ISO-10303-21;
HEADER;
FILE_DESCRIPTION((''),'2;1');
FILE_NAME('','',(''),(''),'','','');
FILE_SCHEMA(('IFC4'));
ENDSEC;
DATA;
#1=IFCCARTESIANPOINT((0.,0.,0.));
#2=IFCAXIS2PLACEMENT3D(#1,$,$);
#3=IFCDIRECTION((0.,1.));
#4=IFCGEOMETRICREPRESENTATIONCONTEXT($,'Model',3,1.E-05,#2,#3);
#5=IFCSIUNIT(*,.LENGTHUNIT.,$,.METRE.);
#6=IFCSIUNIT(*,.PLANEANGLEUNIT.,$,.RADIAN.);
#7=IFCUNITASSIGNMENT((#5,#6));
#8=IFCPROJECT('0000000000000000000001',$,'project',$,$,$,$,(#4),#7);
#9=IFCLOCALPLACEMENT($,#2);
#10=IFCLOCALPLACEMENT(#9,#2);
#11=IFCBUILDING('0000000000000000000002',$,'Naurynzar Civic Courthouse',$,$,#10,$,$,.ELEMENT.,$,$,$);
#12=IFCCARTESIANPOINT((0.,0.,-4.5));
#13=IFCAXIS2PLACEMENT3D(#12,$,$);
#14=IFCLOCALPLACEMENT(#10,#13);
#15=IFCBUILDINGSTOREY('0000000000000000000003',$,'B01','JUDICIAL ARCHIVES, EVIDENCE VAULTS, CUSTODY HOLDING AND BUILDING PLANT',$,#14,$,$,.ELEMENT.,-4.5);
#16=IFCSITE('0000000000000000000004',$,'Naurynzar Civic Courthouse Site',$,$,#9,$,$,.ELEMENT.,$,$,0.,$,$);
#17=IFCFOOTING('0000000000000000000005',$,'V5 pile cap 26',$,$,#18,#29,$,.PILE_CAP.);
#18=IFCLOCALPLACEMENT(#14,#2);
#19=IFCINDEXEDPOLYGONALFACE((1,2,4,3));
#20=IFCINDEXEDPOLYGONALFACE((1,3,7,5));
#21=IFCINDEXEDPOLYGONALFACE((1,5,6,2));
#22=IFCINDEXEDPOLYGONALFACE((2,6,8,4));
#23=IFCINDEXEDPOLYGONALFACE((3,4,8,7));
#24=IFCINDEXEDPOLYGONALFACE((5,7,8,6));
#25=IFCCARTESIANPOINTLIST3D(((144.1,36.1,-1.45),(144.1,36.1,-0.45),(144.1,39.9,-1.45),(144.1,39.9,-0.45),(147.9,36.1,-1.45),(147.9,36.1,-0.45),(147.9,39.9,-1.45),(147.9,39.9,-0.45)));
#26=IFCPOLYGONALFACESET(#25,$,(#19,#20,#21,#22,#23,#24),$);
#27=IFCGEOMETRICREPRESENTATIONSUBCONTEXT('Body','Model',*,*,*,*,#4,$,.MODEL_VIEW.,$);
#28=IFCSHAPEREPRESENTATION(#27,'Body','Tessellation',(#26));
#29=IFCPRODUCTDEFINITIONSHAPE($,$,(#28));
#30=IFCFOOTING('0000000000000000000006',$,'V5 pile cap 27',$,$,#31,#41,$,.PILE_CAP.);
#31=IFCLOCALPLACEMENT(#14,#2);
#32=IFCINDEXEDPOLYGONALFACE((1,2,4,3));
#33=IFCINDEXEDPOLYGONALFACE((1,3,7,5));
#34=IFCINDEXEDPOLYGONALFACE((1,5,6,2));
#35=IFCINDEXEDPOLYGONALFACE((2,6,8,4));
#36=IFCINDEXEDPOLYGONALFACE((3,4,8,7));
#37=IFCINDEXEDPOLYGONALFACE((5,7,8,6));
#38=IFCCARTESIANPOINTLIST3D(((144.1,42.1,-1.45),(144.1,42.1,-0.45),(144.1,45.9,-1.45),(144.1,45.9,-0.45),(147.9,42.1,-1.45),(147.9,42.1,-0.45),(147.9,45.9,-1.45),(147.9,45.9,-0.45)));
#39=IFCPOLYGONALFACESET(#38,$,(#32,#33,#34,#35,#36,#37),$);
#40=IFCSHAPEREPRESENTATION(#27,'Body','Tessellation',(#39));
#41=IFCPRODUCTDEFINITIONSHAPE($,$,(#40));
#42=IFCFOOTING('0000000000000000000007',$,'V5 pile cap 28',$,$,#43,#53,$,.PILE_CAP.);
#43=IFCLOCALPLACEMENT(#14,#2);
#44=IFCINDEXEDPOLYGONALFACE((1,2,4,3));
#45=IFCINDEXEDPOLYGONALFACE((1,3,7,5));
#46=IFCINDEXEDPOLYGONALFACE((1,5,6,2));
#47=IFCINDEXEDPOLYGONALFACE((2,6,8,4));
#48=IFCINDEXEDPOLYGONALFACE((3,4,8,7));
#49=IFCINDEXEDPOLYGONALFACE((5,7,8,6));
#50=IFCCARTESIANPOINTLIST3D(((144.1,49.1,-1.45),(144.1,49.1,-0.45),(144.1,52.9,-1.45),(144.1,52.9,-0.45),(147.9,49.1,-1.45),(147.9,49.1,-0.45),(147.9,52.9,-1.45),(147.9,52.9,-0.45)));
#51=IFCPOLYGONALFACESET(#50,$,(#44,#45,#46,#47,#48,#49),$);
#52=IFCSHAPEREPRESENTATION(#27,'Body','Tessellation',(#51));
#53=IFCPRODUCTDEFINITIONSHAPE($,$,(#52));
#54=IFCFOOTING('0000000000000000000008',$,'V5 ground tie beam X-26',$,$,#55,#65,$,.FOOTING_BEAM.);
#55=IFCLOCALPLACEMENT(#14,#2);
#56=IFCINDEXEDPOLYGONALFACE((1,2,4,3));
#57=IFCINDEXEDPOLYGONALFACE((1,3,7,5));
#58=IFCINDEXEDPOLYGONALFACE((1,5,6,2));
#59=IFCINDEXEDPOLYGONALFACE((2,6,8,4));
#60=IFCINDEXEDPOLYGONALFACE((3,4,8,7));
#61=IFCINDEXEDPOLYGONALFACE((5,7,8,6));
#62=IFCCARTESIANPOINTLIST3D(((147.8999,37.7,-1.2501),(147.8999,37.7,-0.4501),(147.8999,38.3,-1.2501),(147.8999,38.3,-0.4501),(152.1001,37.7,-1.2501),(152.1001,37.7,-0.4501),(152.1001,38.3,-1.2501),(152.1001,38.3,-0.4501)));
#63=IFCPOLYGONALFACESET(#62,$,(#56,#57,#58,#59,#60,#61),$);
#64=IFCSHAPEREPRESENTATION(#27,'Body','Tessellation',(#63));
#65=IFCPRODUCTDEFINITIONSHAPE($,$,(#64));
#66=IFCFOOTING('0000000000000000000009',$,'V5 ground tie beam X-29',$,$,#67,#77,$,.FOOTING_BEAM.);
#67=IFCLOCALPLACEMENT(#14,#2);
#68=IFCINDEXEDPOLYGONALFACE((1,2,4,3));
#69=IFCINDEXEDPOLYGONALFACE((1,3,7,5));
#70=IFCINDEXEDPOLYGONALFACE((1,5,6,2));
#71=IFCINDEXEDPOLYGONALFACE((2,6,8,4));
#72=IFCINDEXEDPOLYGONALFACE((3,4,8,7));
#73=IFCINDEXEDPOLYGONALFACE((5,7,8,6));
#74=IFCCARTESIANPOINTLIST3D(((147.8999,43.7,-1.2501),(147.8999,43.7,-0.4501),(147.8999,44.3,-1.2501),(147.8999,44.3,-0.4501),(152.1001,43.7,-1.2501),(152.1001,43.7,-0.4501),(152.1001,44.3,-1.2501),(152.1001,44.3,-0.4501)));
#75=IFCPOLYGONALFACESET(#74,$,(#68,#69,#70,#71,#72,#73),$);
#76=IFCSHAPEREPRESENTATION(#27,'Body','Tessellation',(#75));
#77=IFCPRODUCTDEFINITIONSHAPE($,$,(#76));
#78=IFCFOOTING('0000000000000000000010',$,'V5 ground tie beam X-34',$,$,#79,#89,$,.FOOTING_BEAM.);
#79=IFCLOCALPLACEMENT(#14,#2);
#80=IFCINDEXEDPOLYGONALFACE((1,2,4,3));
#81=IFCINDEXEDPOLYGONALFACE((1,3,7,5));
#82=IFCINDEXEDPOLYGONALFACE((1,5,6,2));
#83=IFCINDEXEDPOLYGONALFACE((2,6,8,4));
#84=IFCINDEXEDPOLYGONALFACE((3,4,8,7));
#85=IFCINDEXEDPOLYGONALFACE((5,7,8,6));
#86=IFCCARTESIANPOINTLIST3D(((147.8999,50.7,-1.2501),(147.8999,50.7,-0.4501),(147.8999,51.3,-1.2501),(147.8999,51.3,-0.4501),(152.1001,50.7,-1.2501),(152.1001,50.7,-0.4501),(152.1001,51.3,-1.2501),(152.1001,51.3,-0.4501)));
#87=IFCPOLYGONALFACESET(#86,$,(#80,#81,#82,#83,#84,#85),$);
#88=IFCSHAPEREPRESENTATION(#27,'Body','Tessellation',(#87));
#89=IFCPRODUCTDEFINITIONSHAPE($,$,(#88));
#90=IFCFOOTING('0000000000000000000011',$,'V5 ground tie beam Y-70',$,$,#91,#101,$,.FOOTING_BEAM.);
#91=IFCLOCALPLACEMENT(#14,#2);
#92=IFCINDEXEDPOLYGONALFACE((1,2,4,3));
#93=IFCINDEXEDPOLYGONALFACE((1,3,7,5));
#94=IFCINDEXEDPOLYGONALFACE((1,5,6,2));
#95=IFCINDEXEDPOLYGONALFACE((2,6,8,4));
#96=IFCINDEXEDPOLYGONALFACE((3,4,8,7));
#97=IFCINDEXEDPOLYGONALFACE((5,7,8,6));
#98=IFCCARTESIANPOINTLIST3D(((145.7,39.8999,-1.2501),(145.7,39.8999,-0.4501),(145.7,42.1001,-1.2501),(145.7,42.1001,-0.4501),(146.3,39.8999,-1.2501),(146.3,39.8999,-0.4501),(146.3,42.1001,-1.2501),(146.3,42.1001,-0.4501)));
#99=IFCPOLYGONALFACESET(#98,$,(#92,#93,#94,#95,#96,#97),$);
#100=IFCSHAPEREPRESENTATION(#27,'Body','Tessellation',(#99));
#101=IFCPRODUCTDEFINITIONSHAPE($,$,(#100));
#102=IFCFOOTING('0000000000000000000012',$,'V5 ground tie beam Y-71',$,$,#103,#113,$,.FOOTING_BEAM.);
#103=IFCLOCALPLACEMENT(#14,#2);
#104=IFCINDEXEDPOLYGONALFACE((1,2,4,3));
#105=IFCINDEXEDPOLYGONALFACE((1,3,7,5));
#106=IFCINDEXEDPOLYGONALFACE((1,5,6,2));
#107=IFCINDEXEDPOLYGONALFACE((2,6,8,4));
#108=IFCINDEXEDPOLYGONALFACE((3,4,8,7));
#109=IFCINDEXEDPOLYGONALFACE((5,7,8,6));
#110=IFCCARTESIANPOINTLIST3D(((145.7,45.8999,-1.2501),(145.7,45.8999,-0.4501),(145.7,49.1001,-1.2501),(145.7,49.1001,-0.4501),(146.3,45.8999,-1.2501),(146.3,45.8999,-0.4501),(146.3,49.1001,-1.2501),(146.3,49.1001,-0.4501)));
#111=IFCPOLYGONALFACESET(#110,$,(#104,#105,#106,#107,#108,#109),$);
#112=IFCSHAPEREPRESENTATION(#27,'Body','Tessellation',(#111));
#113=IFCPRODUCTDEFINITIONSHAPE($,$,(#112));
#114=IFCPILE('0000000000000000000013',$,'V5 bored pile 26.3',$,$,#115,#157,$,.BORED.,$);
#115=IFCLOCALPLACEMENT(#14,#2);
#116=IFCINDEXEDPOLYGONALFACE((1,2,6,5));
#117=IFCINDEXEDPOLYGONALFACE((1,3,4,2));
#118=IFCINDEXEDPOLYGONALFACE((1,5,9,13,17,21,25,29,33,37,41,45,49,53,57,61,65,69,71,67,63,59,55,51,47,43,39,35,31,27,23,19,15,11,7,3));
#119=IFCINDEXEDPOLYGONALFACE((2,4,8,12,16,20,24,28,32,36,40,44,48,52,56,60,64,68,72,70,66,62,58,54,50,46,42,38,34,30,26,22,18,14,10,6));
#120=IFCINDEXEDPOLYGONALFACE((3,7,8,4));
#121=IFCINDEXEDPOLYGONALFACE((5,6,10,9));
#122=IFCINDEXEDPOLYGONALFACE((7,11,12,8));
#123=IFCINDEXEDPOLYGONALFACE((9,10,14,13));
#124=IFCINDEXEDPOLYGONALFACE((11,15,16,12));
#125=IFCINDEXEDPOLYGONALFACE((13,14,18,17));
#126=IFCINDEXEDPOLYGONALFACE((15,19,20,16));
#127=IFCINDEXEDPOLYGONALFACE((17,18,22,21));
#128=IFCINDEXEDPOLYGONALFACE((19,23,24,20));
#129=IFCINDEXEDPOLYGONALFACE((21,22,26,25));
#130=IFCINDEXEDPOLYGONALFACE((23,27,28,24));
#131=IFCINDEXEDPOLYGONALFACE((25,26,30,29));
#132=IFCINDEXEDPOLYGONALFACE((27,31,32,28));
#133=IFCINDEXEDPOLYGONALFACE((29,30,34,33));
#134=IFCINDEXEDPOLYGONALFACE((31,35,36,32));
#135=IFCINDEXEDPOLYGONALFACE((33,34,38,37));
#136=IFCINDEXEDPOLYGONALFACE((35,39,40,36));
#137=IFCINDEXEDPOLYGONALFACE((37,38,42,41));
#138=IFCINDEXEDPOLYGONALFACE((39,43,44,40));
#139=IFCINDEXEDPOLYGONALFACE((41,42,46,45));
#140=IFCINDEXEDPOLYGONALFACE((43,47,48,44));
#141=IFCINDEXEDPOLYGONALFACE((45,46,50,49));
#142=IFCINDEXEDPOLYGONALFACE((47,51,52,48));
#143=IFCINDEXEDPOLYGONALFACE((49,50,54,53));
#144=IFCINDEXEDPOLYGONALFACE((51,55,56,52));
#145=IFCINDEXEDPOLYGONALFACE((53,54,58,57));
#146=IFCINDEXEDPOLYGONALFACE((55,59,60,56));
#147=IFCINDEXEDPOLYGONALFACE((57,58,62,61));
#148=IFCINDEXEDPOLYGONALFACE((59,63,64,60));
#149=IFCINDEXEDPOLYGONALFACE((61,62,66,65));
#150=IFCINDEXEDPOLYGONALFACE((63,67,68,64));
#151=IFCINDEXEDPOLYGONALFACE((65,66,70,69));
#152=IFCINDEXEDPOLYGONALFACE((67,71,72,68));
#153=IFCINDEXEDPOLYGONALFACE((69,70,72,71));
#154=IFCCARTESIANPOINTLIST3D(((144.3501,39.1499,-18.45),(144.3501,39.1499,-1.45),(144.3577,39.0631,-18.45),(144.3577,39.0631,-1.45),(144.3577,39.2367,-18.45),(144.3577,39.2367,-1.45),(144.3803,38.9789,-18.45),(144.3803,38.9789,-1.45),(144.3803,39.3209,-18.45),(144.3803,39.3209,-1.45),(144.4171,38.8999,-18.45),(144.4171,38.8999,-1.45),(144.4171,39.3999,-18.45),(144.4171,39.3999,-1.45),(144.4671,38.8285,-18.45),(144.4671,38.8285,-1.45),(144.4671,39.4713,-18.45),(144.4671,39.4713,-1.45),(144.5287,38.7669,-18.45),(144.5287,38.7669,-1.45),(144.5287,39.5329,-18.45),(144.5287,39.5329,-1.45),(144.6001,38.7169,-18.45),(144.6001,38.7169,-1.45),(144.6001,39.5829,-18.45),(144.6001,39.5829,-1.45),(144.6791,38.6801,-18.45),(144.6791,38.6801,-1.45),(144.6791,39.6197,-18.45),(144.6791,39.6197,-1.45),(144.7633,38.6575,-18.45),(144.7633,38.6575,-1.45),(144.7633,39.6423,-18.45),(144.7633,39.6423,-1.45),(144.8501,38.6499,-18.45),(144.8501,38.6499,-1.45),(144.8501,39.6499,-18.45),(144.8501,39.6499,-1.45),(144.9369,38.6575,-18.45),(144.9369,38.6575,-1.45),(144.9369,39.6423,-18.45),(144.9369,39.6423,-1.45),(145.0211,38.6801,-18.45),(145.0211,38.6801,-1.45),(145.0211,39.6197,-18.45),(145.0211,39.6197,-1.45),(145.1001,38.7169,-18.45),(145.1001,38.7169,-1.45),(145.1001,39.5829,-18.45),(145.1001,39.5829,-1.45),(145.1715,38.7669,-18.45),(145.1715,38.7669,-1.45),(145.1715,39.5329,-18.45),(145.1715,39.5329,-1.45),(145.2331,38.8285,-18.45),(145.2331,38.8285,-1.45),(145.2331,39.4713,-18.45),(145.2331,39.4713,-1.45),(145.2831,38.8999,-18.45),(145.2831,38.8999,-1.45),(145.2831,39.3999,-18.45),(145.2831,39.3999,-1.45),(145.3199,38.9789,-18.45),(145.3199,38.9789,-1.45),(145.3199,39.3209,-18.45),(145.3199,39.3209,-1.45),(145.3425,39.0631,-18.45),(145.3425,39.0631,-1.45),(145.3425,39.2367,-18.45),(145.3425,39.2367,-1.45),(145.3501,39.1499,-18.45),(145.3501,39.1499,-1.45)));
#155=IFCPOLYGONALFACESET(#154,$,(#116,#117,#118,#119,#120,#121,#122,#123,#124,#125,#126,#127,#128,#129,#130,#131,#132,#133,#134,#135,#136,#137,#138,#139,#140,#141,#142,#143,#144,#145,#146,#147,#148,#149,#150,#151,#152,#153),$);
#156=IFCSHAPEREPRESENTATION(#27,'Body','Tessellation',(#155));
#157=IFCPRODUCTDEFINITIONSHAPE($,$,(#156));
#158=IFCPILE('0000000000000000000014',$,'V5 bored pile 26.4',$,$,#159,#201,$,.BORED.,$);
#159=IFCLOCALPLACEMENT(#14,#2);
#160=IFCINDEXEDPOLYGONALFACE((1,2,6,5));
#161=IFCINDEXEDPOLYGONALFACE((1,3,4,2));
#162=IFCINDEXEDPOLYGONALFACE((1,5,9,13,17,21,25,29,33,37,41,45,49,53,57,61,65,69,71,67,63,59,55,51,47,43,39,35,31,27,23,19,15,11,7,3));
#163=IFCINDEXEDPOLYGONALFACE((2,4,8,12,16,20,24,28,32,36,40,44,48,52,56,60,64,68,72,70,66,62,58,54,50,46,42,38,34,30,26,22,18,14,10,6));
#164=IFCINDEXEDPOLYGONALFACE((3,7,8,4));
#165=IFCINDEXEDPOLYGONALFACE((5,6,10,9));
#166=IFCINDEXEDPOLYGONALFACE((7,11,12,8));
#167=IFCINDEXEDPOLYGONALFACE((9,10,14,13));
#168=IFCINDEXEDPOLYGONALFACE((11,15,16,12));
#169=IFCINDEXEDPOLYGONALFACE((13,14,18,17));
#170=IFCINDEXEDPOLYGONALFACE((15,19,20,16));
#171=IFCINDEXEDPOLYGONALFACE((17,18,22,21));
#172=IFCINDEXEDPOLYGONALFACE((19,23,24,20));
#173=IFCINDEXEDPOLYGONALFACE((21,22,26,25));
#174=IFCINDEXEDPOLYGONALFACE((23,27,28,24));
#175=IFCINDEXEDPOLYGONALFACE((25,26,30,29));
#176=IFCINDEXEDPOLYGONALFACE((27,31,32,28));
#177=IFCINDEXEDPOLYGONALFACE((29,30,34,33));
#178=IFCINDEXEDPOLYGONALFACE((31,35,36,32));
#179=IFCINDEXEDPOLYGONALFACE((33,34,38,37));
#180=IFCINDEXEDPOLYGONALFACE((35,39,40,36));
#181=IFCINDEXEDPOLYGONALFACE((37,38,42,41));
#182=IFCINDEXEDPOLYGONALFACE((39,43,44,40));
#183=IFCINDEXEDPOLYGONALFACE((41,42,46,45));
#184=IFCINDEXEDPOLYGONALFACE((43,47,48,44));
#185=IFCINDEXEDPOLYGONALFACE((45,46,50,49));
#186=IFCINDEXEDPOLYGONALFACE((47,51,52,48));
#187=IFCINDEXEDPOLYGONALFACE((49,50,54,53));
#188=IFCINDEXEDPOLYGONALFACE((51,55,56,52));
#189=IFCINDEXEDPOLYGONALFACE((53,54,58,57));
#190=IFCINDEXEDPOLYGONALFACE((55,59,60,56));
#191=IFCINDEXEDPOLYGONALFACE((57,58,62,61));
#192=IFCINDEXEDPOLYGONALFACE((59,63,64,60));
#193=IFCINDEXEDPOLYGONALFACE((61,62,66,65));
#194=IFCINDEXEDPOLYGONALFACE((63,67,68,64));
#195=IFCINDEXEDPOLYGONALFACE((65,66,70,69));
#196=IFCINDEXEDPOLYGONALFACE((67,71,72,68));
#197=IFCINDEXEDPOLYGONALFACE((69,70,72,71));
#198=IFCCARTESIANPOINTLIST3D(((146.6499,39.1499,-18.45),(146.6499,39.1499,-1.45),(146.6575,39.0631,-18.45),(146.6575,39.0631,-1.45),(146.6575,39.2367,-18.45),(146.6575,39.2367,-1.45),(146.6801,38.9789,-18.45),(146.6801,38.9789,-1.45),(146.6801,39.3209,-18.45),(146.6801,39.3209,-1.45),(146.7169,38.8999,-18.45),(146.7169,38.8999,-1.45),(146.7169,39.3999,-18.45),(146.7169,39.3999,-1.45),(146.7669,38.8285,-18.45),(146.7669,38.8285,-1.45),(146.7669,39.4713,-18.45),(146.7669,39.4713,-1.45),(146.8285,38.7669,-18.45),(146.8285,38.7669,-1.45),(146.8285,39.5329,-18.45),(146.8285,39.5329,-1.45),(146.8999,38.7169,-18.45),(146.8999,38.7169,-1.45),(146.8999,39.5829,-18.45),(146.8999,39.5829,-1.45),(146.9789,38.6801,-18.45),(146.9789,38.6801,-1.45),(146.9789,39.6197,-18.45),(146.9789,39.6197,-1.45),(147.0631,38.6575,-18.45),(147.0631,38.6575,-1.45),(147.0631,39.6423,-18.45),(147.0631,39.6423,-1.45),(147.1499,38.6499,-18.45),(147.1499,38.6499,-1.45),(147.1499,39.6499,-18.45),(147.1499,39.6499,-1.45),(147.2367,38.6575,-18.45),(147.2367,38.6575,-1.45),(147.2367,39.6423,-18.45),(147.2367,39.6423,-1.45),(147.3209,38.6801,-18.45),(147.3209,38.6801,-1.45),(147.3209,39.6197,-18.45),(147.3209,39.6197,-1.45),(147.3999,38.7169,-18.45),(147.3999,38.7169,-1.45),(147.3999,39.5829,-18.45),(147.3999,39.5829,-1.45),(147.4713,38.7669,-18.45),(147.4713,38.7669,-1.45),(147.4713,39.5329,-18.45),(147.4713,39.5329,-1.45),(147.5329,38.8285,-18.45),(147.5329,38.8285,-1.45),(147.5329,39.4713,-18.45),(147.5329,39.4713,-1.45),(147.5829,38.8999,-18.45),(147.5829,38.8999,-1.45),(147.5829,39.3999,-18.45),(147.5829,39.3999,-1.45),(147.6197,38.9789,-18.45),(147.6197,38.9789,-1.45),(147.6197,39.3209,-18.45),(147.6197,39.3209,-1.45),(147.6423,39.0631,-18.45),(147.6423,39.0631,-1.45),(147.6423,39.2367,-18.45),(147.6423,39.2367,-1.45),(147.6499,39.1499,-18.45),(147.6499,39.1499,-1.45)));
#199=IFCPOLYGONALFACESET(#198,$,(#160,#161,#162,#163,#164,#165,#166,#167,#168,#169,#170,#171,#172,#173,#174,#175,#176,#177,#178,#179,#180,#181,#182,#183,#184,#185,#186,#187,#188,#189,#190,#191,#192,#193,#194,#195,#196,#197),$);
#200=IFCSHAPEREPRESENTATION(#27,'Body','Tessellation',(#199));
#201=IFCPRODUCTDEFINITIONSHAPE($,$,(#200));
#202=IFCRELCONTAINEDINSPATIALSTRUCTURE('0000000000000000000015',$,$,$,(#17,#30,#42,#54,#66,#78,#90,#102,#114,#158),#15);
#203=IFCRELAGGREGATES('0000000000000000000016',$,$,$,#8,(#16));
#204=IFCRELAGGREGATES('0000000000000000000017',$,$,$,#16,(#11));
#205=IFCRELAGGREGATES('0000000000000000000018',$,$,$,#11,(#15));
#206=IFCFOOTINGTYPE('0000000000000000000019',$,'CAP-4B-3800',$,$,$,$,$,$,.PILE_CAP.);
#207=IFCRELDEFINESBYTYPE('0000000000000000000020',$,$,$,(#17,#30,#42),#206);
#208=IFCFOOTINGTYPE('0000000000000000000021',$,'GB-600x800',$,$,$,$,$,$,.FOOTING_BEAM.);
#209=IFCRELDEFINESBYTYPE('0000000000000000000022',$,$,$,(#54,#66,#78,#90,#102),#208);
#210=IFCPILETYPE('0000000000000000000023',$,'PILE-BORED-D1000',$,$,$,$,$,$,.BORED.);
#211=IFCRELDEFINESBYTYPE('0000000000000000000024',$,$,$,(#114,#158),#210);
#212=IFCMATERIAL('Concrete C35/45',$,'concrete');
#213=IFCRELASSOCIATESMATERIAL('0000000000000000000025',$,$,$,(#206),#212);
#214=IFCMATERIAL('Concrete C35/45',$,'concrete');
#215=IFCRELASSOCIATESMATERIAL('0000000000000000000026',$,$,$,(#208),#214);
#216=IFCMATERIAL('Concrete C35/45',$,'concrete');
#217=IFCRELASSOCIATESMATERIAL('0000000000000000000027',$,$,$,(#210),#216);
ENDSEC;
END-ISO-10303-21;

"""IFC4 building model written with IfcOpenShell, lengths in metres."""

from ifc_helpers import new_model, si_unit, direction, frame, origin, origin_2d, place, context, subcontext, project, spatial, rectangle, circle, extrude, material, material_profile, profile_set, type_object, element, save


model = new_model("IFC4")

# Units and contexts
model_context = context("Model", 3, precision=1e-05, world=origin(), true_north=direction((0.0, 1.0)))
body_context = subcontext(model_context, "Body", "Model", "MODEL_VIEW")
ifc_project = project(units=[si_unit("LENGTHUNIT", "METRE"), si_unit("PLANEANGLEUNIT", "RADIAN")], contexts=[model_context])

# Site, building, storey
site_placement = place(None, origin())
site = spatial("IfcSite", under=ifc_project, at=site_placement, Name="Naurynzar Civic Courthouse Site", CompositionType="ELEMENT", RefElevation=0.0)
building_placement = place(site_placement, origin())
building = spatial("IfcBuilding", under=site, at=building_placement, Name="Naurynzar Civic Courthouse", CompositionType="ELEMENT")
storey_placement = place(building_placement, frame((0.0, 0.0, -4.5)))
storey = spatial("IfcBuildingStorey", under=building, at=storey_placement, Name="B01", Description="JUDICIAL ARCHIVES, EVIDENCE VAULTS, CUSTODY HOLDING AND BUILDING PLANT", CompositionType="ELEMENT", Elevation=-4.5)

# Footings
ifc_material_1 = material(Name="Concrete C35/45", Category="concrete")
footing_type_1 = type_object("IfcFootingType", Name="CAP-4B-3800", PredefinedType="PILE_CAP", material=ifc_material_1)
for number, where, z_axis, x_axis, name in (
    (1, (146.0, 38.0, -1.45), (0.0, 0.0, 1.0), (1.0, 0.0, 0.0), "V5 pile cap 26"),
    (2, (146.0, 44.0, -1.45), (0.0, 0.0, 1.0), (1.0, 0.0, 0.0), "V5 pile cap 27"),
    (3, (146.0, 51.0, -1.45), (0.0, 0.0, 1.0), (1.0, 0.0, 0.0), "V5 pile cap 28"),
):
    element("IfcFooting", number, at=place(storey_placement, frame(where, z_axis=z_axis, x_axis=x_axis)), inside=storey, type_object=footing_type_1, Name=name, PredefinedType="PILE_CAP", context=body_context, shape_type="SweptSolid", body=[
        extrude(rectangle(XDim=3.8, YDim=3.8, at=origin_2d()), origin(), (0.0, 0.0, 1.0), 1.0),
    ])
ifc_material_2 = material(Name="Concrete C35/45", Category="concrete")
ifc_material_profile_1 = material_profile(ifc_material_2, rectangle(XDim=0.6001, YDim=0.8, at=origin_2d()), Name="GB 600x800")
ifc_profile_set_1 = profile_set([ifc_material_profile_1], Name="Concrete C35/45")
footing_type_2 = type_object("IfcFootingType", Name="GB-600x800", PredefinedType="FOOTING_BEAM", material=ifc_profile_set_1)
for number, where, z_axis, x_axis, name in (
    (4, (147.8999, 38.0, -0.8501), (1.0, 0.0, 0.0), (0.0, 1.0, 0.0), "V5 ground tie beam X-26"),
    (5, (147.8999, 44.0, -0.8501), (1.0, 0.0, 0.0), (0.0, 1.0, 0.0), "V5 ground tie beam X-29"),
    (6, (147.8999, 51.0, -0.8501), (1.0, 0.0, 0.0), (0.0, 1.0, 0.0), "V5 ground tie beam X-34"),
):
    element("IfcFooting", number, at=place(storey_placement, frame(where, z_axis=z_axis, x_axis=x_axis)), inside=storey, type_object=footing_type_2, Name=name, PredefinedType="FOOTING_BEAM", context=body_context, shape_type="SweptSolid", body=[
        extrude(rectangle(XDim=0.6001, YDim=0.8, at=origin_2d()), origin(), (0.0, 0.0, 1.0), 4.2002),
    ])
footing_1_placement = place(storey_placement, frame((146.0, 39.8999, -0.8501), z_axis=(0.0, 1.0, 0.0), x_axis=(-1.0, 0.0, 0.0)))
element("IfcFooting", 7, at=footing_1_placement, inside=storey, type_object=footing_type_2, Name="V5 ground tie beam Y-70", PredefinedType="FOOTING_BEAM", context=body_context, shape_type="SweptSolid", body=[
    extrude(rectangle(XDim=0.6001, YDim=0.8, at=origin_2d()), origin(), (0.0, 0.0, 1.0), 2.2002),
])
footing_2_placement = place(storey_placement, frame((146.0, 45.8999, -0.8501), z_axis=(0.0, 1.0, 0.0), x_axis=(-1.0, 0.0, 0.0)))
element("IfcFooting", 8, at=footing_2_placement, inside=storey, type_object=footing_type_2, Name="V5 ground tie beam Y-71", PredefinedType="FOOTING_BEAM", context=body_context, shape_type="SweptSolid", body=[
    extrude(rectangle(XDim=0.6001, YDim=0.8, at=origin_2d()), origin(), (0.0, 0.0, 1.0), 3.2002),
])

# Piles
ifc_material_3 = material(Name="Concrete C35/45", Category="concrete")
ifc_material_profile_2 = material_profile(ifc_material_3, circle(Radius=0.5, at=origin_2d()), Name="PILE D1000")
ifc_profile_set_2 = profile_set([ifc_material_profile_2], Name="Concrete C35/45")
pile_type = type_object("IfcPileType", Name="PILE-BORED-D1000", PredefinedType="BORED", material=ifc_profile_set_2)
for number, where, z_axis, x_axis, name in (
    (9, (144.8501, 39.1499, -1.45), (0.0, 0.0, -1.0), (1.0, 0.0, 0.0), "V5 bored pile 26.3"),
    (10, (147.1499, 39.1499, -1.45), (0.0, 0.0, -1.0), (1.0, 0.0, 0.0), "V5 bored pile 26.4"),
):
    element("IfcPile", number, at=place(storey_placement, frame(where, z_axis=z_axis, x_axis=x_axis)), inside=storey, type_object=pile_type, Name=name, PredefinedType="BORED", context=body_context, shape_type="SweptSolid", body=[
        extrude(circle(Radius=0.5, at=origin_2d()), origin(), (0.0, 0.0, 1.0), 17.0),
    ])

save(model, "model.ifc")
